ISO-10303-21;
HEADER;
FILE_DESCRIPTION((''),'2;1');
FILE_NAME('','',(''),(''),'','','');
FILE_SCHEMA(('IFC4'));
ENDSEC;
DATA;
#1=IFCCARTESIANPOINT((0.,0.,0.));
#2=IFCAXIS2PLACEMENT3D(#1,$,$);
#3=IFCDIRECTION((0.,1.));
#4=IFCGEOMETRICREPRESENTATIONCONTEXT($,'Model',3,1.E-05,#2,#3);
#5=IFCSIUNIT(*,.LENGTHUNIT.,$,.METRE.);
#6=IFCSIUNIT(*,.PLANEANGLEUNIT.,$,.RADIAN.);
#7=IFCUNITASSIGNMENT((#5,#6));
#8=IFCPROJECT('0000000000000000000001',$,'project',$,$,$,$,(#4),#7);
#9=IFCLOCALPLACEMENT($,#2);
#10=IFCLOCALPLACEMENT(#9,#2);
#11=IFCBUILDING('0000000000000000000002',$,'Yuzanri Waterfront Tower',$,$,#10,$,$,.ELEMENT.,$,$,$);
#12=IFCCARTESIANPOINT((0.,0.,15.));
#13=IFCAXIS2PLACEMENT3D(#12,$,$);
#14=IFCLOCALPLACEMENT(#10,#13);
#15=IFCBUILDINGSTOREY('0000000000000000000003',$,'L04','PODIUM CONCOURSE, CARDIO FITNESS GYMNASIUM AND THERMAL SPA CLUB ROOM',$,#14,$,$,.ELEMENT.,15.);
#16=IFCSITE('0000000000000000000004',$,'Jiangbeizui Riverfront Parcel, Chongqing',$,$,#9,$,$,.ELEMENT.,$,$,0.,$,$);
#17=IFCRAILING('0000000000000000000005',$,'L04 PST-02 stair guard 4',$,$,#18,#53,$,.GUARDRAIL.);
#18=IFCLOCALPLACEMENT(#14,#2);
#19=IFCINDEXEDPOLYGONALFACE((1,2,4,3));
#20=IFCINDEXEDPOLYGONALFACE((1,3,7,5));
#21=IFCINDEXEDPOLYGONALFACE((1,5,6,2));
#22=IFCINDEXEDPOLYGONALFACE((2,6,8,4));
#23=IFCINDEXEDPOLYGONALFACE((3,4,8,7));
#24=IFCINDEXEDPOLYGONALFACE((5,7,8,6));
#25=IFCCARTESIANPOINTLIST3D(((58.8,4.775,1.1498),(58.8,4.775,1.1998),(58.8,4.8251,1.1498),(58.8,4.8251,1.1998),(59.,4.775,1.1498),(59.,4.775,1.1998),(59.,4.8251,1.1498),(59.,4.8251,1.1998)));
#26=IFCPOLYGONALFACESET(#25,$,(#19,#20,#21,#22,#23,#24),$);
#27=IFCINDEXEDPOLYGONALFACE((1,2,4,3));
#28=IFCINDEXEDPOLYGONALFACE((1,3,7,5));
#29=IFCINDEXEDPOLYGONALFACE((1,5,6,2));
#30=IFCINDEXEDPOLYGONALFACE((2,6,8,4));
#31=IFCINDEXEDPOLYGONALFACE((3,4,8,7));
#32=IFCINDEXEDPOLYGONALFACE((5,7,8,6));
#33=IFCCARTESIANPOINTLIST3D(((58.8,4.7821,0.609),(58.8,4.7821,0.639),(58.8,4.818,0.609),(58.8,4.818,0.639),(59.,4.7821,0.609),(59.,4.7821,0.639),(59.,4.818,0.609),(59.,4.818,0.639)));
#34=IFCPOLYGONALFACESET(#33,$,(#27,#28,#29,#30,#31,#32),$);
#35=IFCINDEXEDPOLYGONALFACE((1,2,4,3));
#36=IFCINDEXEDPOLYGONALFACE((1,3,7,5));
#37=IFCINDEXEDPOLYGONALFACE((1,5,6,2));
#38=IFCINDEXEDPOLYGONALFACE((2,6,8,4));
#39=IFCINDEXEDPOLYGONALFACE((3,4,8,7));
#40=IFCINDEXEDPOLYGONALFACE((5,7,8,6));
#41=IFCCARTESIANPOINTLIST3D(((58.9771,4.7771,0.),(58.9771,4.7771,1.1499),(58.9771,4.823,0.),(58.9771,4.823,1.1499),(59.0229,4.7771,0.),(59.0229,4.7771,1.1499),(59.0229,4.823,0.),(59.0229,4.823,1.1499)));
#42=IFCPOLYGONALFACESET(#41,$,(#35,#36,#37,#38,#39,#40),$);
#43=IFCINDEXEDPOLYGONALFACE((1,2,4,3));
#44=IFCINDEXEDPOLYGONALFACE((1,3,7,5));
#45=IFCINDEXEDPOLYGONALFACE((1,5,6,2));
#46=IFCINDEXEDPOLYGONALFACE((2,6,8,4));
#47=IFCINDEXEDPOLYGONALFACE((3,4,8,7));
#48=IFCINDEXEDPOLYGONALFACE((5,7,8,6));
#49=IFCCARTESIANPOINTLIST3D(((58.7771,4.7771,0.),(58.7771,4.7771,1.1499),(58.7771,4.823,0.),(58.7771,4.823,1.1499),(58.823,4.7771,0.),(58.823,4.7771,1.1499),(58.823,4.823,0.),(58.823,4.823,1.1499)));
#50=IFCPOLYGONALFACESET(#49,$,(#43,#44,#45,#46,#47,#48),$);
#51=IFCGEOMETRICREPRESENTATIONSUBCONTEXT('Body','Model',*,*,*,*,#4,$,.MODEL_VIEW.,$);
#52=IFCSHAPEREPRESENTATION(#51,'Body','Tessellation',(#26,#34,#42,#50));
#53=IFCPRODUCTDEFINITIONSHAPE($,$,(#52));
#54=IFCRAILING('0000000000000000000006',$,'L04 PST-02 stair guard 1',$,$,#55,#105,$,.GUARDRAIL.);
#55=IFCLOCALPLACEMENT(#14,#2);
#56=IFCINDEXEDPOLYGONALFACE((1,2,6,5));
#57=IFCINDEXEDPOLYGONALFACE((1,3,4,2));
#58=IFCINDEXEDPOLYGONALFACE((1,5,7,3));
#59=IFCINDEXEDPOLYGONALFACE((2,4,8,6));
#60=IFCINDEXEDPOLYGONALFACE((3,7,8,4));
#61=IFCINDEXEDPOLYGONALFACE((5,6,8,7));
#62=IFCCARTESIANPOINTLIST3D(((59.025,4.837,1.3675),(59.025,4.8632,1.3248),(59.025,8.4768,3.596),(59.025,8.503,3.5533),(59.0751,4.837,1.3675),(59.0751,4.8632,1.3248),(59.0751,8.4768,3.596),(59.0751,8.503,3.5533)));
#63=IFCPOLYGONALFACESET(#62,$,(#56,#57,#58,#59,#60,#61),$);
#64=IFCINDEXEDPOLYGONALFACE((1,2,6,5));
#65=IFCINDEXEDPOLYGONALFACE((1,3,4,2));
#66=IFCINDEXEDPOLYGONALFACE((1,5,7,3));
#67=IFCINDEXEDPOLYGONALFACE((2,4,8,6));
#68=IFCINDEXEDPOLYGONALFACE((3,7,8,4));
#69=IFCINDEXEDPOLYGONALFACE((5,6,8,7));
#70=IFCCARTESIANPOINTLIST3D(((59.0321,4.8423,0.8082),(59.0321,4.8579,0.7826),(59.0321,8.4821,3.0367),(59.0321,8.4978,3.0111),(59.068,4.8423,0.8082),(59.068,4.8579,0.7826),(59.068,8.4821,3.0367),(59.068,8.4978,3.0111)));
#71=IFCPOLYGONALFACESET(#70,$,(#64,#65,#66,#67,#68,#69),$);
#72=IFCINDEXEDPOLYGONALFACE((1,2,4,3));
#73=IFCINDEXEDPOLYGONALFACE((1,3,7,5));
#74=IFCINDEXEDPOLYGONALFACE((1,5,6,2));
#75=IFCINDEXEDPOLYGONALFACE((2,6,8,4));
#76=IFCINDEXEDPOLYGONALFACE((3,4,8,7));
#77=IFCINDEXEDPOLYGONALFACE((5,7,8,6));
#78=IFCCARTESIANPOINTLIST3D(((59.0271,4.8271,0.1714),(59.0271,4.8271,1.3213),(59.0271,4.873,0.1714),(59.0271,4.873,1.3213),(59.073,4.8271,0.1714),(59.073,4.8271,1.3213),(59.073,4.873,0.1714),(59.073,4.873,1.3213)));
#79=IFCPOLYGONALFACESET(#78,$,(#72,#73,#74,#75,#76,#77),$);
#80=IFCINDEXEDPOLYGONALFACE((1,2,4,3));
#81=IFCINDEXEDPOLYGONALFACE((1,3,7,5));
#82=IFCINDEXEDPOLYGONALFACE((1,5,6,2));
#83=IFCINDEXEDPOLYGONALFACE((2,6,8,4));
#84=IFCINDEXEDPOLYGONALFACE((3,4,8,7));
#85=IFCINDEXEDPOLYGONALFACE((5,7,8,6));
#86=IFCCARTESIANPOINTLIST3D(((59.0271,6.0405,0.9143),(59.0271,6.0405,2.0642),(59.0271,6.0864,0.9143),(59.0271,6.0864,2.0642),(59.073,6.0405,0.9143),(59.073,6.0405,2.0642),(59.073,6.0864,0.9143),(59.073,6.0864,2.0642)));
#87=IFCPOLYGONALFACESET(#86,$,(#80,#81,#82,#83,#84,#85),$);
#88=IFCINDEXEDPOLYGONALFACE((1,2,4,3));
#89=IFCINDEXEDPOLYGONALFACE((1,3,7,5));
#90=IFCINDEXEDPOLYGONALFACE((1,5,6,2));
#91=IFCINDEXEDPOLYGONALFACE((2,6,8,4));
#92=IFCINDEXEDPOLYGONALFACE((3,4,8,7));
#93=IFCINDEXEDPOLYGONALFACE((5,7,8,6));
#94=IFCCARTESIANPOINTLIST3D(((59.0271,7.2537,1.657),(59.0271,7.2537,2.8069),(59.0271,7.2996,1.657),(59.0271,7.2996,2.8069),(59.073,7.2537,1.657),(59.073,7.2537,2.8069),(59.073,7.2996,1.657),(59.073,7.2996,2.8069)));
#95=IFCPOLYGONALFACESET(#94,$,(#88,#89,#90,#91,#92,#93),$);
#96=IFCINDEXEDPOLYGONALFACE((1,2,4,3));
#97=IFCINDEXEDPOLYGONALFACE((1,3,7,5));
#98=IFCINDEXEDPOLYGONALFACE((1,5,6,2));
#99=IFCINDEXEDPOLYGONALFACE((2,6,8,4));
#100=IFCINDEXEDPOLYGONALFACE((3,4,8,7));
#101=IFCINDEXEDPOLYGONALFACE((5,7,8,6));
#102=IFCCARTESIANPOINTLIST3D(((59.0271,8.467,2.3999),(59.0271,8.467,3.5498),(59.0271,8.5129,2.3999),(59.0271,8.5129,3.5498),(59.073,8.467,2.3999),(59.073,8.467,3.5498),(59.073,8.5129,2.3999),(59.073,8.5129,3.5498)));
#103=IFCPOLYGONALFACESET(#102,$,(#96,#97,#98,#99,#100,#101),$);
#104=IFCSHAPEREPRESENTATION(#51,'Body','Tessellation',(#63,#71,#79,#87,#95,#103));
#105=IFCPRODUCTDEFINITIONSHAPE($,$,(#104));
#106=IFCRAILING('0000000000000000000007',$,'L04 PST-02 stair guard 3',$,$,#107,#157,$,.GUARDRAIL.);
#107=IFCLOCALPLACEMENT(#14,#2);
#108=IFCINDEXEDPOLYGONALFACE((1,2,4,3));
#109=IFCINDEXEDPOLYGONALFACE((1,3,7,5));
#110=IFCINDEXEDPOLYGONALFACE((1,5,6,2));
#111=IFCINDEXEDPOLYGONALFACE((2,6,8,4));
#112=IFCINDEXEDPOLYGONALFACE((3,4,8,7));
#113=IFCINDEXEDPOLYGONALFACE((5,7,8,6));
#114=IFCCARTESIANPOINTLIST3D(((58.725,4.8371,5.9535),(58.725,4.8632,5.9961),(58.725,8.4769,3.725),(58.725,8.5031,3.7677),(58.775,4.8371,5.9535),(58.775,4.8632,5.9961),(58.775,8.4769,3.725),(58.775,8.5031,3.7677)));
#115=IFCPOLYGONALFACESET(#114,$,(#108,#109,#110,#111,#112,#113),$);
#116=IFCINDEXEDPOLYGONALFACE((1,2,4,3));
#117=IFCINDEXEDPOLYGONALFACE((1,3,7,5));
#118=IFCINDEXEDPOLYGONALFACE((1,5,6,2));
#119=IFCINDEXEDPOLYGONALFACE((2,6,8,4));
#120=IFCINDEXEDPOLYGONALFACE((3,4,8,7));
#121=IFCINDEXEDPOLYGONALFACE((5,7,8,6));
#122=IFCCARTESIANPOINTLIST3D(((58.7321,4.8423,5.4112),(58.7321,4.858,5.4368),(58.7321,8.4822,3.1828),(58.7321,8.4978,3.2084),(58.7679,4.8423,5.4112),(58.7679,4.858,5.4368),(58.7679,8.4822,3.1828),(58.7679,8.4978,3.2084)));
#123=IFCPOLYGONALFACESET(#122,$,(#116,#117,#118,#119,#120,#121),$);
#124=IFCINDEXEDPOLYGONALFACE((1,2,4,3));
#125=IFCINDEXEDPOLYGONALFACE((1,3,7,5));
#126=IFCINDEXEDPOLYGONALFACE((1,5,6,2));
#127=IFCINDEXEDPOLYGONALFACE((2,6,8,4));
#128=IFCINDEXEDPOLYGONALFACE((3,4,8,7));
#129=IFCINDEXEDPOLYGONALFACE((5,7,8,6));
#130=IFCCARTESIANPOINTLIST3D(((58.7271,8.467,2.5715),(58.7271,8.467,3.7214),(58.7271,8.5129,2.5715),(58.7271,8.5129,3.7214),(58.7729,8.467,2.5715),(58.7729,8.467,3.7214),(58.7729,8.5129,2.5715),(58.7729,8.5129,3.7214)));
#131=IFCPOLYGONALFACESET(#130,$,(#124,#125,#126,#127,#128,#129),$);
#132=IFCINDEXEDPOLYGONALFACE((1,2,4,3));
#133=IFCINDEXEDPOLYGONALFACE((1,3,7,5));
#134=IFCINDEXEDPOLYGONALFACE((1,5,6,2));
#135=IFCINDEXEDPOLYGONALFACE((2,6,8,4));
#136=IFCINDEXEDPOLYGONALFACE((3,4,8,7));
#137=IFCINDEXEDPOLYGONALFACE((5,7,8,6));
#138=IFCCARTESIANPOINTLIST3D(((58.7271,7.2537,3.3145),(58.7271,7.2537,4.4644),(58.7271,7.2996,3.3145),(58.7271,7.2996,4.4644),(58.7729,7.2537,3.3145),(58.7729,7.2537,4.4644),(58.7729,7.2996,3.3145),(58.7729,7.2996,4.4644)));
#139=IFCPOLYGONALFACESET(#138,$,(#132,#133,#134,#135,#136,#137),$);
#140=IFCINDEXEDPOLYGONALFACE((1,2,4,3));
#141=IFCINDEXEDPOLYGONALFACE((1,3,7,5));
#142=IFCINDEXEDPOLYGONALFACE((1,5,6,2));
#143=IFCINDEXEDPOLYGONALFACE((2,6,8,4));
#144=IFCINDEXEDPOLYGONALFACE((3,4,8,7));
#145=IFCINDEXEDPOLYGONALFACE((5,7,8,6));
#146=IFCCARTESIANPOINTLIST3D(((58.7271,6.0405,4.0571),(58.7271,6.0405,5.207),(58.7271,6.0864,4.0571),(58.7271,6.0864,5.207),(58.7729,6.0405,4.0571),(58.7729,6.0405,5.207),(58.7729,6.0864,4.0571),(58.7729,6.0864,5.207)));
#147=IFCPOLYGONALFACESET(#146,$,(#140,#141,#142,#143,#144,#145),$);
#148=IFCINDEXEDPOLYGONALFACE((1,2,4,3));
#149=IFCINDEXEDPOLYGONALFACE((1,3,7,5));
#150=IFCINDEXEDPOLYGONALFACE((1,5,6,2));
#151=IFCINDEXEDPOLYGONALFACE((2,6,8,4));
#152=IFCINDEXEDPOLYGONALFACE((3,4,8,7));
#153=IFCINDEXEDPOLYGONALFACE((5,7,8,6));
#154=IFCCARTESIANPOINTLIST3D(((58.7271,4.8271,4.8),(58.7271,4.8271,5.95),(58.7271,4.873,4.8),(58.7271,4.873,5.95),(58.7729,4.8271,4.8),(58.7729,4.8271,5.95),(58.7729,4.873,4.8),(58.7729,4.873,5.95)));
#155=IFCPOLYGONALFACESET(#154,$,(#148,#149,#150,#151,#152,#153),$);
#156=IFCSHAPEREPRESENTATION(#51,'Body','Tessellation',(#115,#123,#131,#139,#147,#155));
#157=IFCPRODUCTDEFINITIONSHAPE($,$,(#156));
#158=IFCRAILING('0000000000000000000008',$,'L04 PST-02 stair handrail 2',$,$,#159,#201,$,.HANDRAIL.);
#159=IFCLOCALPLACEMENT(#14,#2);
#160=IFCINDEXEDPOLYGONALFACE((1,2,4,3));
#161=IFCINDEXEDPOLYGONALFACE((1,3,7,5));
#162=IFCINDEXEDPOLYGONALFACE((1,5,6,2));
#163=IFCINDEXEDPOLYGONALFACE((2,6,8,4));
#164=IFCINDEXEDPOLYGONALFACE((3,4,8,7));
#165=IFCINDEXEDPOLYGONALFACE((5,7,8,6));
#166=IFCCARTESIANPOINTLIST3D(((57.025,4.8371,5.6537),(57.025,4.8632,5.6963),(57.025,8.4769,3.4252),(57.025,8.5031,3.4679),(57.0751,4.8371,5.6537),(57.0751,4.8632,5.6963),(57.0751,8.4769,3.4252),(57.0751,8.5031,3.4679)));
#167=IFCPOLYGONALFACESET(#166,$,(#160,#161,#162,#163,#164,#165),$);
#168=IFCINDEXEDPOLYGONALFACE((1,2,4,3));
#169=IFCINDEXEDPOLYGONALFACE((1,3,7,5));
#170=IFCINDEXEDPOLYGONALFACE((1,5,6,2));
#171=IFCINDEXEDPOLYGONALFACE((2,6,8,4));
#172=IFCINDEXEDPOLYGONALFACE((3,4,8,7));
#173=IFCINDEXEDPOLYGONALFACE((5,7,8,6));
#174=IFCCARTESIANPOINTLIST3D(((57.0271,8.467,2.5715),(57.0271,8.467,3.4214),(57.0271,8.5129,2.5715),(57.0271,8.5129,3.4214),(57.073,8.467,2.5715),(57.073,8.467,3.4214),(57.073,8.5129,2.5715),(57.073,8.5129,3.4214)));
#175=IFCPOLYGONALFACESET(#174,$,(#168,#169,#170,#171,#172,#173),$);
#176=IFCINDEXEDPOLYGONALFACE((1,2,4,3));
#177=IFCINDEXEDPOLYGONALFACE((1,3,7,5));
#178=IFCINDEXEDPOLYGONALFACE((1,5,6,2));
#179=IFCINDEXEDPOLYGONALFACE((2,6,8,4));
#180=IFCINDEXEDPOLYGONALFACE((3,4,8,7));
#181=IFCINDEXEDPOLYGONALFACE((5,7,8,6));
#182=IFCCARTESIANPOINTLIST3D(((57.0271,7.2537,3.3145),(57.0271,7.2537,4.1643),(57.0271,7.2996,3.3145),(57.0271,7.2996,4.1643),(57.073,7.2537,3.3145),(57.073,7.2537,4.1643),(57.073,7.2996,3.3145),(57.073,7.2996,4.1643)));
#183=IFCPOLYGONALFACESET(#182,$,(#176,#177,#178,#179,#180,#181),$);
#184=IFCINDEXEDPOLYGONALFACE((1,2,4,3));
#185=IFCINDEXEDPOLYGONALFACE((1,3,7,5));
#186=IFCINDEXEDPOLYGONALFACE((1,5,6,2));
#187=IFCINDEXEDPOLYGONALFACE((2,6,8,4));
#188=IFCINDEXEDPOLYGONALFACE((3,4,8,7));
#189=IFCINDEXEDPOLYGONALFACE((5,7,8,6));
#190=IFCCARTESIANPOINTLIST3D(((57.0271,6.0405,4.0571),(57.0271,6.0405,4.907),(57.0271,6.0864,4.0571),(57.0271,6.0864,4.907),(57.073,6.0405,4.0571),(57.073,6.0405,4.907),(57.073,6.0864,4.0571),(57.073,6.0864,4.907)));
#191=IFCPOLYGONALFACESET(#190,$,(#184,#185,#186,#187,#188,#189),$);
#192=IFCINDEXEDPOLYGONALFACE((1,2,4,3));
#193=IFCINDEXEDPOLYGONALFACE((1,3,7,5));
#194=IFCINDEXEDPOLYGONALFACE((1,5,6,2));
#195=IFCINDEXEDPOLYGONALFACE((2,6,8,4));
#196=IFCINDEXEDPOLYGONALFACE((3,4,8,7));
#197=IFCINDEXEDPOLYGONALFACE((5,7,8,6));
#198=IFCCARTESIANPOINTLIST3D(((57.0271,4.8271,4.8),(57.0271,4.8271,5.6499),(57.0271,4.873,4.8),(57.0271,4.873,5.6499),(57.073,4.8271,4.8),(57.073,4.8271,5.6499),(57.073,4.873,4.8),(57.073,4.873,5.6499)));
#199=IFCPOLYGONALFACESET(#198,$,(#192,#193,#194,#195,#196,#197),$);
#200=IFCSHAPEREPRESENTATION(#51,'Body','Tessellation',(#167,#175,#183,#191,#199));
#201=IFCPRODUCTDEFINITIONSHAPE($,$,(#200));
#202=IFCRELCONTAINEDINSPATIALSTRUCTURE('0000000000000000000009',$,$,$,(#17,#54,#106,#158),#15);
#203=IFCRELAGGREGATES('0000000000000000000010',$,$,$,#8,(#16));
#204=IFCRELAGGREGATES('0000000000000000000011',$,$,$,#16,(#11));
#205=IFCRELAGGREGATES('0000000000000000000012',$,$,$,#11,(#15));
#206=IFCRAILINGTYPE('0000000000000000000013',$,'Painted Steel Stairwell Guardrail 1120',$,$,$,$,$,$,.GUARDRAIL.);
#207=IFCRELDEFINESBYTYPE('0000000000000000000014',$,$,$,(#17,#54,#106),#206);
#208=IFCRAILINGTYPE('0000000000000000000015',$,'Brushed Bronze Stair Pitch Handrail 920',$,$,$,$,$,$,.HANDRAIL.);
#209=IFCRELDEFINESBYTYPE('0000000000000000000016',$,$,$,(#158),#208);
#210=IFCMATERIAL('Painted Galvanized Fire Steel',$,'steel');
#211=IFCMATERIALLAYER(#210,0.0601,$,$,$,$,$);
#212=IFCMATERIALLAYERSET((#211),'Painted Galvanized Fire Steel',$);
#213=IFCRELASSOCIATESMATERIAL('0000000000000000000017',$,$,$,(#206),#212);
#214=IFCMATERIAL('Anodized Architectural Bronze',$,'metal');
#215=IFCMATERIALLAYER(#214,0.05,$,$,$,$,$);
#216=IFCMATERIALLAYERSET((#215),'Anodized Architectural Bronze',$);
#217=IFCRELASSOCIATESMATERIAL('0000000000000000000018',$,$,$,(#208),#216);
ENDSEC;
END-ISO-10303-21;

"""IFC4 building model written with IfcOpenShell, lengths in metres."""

from ifc_helpers import new_model, si_unit, direction, frame, origin, origin_2d, place, context, subcontext, project, spatial, rectangle, extrude, source, transform, mapped, material, layer, layer_set, type_object, element, save


model = new_model("IFC4")

# Units and contexts
model_context = context("Model", 3, precision=1e-05, world=origin(), true_north=direction((0.0, 1.0)))
body_context = subcontext(model_context, "Body", "Model", "MODEL_VIEW")
ifc_project = project(units=[si_unit("LENGTHUNIT", "METRE"), si_unit("PLANEANGLEUNIT", "RADIAN")], contexts=[model_context])

# Site, building, storey
site_placement = place(None, origin())
site = spatial("IfcSite", under=ifc_project, at=site_placement, Name="Jiangbeizui Riverfront Parcel, Chongqing", CompositionType="ELEMENT", RefElevation=0.0)
building_placement = place(site_placement, origin())
building = spatial("IfcBuilding", under=site, at=building_placement, Name="Yuzanri Waterfront Tower", CompositionType="ELEMENT")
storey_placement = place(building_placement, frame((0.0, 0.0, 15.0)))
storey = spatial("IfcBuildingStorey", under=building, at=storey_placement, Name="L04", Description="PODIUM CONCOURSE, CARDIO FITNESS GYMNASIUM AND THERMAL SPA CLUB ROOM", CompositionType="ELEMENT", Elevation=15.0)

# Railings
ifc_material_1 = material(Name="Painted Galvanized Fire Steel", Category="steel")
ifc_layer_1 = layer(ifc_material_1, 0.0601)
ifc_layer_set_1 = layer_set([ifc_layer_1], Name="Painted Galvanized Fire Steel")
railing_type_1 = type_object("IfcRailingType", Name="Painted Steel Stairwell Guardrail 1120", PredefinedType="GUARDRAIL", material=ifc_layer_set_1)
shared_shape_1 = source(origin(), body_context, "Body", "SweptSolid", [
    extrude(rectangle(XDim=0.05, YDim=0.05, at=origin_2d()), frame((0.0, 0.0, 1.1748), z_axis=(-1.0, 0.0, 0.0), x_axis=(0.0, -1.0, 0.0)), (0.0, 0.0, 1.0), 0.2),
    extrude(rectangle(XDim=0.0359, YDim=0.03, at=origin_2d()), frame((0.0, 0.0, 0.624), z_axis=(-1.0, 0.0, 0.0), x_axis=(0.0, -1.0, 0.0)), (0.0, 0.0, 1.0), 0.2),
    extrude(rectangle(XDim=0.0459, YDim=0.0459, at=origin_2d()), origin(), (0.0, 0.0, 1.0), 1.1499),
    extrude(rectangle(XDim=0.0459, YDim=0.0459, at=origin_2d()), frame((-0.2, 0.0, 0.0)), (0.0, 0.0, 1.0), 1.1499),
])
for number, where, name in (
    (1, (59.0, 4.8, 0.0), "L04 PST-02 stair guard 4"),
):
    element("IfcRailing", number, at=place(storey_placement, frame(where)), inside=storey, type_object=railing_type_1, Name=name, PredefinedType="GUARDRAIL", context=body_context, shape_type="MappedRepresentation", body=[
        mapped(shared_shape_1, transform((0.0, 0.0, 0.0), scale=1.0)),
    ])
shared_shape_2 = source(origin(), body_context, "Body", "SweptSolid", [
    extrude(rectangle(XDim=0.05, YDim=0.05, at=origin_2d()), frame((0.0, 0.0, 1.1748), z_axis=(0.0, 0.85285, 0.522156), x_axis=(-1.0, 0.0, 0.0)), (0.0, 0.0, 1.0), 4.2678),
    extrude(rectangle(XDim=0.0359, YDim=0.03, at=origin_2d()), frame((0.0, 0.0, 0.624), z_axis=(0.0, 0.85285, 0.522156), x_axis=(-1.0, 0.0, 0.0)), (0.0, 0.0, 1.0), 4.2678),
    extrude(rectangle(XDim=0.0459, YDim=0.0459, at=origin_2d()), origin(), (0.0, 0.0, 1.0), 1.1499),
    extrude(rectangle(XDim=0.0459, YDim=0.0459, at=origin_2d()), frame((0.0, 1.2134, 0.7429)), (0.0, 0.0, 1.0), 1.1499),
    extrude(rectangle(XDim=0.0459, YDim=0.0459, at=origin_2d()), frame((0.0, 2.4265, 1.4856)), (0.0, 0.0, 1.0), 1.1499),
    extrude(rectangle(XDim=0.0459, YDim=0.0459, at=origin_2d()), frame((0.0, 3.6399, 2.2285)), (0.0, 0.0, 1.0), 1.1499),
])
railing_1_placement = place(storey_placement, frame((59.05, 4.8501, 0.1714)))
element("IfcRailing", 2, at=railing_1_placement, inside=storey, type_object=railing_type_1, Name="L04 PST-02 stair guard 1", PredefinedType="GUARDRAIL", context=body_context, shape_type="MappedRepresentation", body=[
    mapped(shared_shape_2, transform((0.0, 0.0, 0.0), scale=1.0)),
])
shared_shape_3 = source(origin(), body_context, "Body", "SweptSolid", [
    extrude(rectangle(XDim=0.05, YDim=0.05, at=origin_2d()), frame((0.0, 0.0, 1.1748), z_axis=(0.0, -0.85285, 0.522156), x_axis=(1.0, 0.0, 0.0)), (0.0, 0.0, 1.0), 4.2678),
    extrude(rectangle(XDim=0.0359, YDim=0.03, at=origin_2d()), frame((0.0, 0.0, 0.624), z_axis=(0.0, -0.85285, 0.522156), x_axis=(1.0, 0.0, 0.0)), (0.0, 0.0, 1.0), 4.2678),
    extrude(rectangle(XDim=0.0459, YDim=0.0459, at=origin_2d()), origin(), (0.0, 0.0, 1.0), 1.1499),
    extrude(rectangle(XDim=0.0459, YDim=0.0459, at=origin_2d()), frame((0.0, -1.2134, 0.7429)), (0.0, 0.0, 1.0), 1.1499),
    extrude(rectangle(XDim=0.0459, YDim=0.0459, at=origin_2d()), frame((0.0, -2.4265, 1.4856)), (0.0, 0.0, 1.0), 1.1499),
    extrude(rectangle(XDim=0.0459, YDim=0.0459, at=origin_2d()), frame((0.0, -3.6399, 2.2285)), (0.0, 0.0, 1.0), 1.1499),
])
railing_2_placement = place(storey_placement, frame((58.75, 8.49, 2.5715)))
element("IfcRailing", 3, at=railing_2_placement, inside=storey, type_object=railing_type_1, Name="L04 PST-02 stair guard 3", PredefinedType="GUARDRAIL", context=body_context, shape_type="MappedRepresentation", body=[
    mapped(shared_shape_3, transform((0.0, 0.0, 0.0), scale=1.0)),
])
ifc_material_2 = material(Name="Anodized Architectural Bronze", Category="metal")
ifc_layer_2 = layer(ifc_material_2, 0.05)
ifc_layer_set_2 = layer_set([ifc_layer_2], Name="Anodized Architectural Bronze")
railing_type_2 = type_object("IfcRailingType", Name="Brushed Bronze Stair Pitch Handrail 920", PredefinedType="HANDRAIL", material=ifc_layer_set_2)
shared_shape_4 = source(origin(), body_context, "Body", "SweptSolid", [
    extrude(rectangle(XDim=0.05, YDim=0.05, at=origin_2d()), frame((0.0, 0.0, 0.875), z_axis=(0.0, -0.85285, 0.522156), x_axis=(1.0, 0.0, 0.0)), (0.0, 0.0, 1.0), 4.2678),
    extrude(rectangle(XDim=0.0459, YDim=0.0459, at=origin_2d()), origin(), (0.0, 0.0, 1.0), 0.8499),
    extrude(rectangle(XDim=0.0459, YDim=0.0459, at=origin_2d()), frame((0.0, -1.2134, 0.7429)), (0.0, 0.0, 1.0), 0.8499),
    extrude(rectangle(XDim=0.0459, YDim=0.0459, at=origin_2d()), frame((0.0, -2.4265, 1.4856)), (0.0, 0.0, 1.0), 0.8499),
    extrude(rectangle(XDim=0.0459, YDim=0.0459, at=origin_2d()), frame((0.0, -3.6399, 2.2285)), (0.0, 0.0, 1.0), 0.8499),
])
railing_3_placement = place(storey_placement, frame((57.05, 8.49, 2.5715)))
element("IfcRailing", 4, at=railing_3_placement, inside=storey, type_object=railing_type_2, Name="L04 PST-02 stair handrail 2", PredefinedType="HANDRAIL", context=body_context, shape_type="MappedRepresentation", body=[
    mapped(shared_shape_4, transform((0.0, 0.0, 0.0), scale=1.0)),
])

save(model, "model.ifc")
